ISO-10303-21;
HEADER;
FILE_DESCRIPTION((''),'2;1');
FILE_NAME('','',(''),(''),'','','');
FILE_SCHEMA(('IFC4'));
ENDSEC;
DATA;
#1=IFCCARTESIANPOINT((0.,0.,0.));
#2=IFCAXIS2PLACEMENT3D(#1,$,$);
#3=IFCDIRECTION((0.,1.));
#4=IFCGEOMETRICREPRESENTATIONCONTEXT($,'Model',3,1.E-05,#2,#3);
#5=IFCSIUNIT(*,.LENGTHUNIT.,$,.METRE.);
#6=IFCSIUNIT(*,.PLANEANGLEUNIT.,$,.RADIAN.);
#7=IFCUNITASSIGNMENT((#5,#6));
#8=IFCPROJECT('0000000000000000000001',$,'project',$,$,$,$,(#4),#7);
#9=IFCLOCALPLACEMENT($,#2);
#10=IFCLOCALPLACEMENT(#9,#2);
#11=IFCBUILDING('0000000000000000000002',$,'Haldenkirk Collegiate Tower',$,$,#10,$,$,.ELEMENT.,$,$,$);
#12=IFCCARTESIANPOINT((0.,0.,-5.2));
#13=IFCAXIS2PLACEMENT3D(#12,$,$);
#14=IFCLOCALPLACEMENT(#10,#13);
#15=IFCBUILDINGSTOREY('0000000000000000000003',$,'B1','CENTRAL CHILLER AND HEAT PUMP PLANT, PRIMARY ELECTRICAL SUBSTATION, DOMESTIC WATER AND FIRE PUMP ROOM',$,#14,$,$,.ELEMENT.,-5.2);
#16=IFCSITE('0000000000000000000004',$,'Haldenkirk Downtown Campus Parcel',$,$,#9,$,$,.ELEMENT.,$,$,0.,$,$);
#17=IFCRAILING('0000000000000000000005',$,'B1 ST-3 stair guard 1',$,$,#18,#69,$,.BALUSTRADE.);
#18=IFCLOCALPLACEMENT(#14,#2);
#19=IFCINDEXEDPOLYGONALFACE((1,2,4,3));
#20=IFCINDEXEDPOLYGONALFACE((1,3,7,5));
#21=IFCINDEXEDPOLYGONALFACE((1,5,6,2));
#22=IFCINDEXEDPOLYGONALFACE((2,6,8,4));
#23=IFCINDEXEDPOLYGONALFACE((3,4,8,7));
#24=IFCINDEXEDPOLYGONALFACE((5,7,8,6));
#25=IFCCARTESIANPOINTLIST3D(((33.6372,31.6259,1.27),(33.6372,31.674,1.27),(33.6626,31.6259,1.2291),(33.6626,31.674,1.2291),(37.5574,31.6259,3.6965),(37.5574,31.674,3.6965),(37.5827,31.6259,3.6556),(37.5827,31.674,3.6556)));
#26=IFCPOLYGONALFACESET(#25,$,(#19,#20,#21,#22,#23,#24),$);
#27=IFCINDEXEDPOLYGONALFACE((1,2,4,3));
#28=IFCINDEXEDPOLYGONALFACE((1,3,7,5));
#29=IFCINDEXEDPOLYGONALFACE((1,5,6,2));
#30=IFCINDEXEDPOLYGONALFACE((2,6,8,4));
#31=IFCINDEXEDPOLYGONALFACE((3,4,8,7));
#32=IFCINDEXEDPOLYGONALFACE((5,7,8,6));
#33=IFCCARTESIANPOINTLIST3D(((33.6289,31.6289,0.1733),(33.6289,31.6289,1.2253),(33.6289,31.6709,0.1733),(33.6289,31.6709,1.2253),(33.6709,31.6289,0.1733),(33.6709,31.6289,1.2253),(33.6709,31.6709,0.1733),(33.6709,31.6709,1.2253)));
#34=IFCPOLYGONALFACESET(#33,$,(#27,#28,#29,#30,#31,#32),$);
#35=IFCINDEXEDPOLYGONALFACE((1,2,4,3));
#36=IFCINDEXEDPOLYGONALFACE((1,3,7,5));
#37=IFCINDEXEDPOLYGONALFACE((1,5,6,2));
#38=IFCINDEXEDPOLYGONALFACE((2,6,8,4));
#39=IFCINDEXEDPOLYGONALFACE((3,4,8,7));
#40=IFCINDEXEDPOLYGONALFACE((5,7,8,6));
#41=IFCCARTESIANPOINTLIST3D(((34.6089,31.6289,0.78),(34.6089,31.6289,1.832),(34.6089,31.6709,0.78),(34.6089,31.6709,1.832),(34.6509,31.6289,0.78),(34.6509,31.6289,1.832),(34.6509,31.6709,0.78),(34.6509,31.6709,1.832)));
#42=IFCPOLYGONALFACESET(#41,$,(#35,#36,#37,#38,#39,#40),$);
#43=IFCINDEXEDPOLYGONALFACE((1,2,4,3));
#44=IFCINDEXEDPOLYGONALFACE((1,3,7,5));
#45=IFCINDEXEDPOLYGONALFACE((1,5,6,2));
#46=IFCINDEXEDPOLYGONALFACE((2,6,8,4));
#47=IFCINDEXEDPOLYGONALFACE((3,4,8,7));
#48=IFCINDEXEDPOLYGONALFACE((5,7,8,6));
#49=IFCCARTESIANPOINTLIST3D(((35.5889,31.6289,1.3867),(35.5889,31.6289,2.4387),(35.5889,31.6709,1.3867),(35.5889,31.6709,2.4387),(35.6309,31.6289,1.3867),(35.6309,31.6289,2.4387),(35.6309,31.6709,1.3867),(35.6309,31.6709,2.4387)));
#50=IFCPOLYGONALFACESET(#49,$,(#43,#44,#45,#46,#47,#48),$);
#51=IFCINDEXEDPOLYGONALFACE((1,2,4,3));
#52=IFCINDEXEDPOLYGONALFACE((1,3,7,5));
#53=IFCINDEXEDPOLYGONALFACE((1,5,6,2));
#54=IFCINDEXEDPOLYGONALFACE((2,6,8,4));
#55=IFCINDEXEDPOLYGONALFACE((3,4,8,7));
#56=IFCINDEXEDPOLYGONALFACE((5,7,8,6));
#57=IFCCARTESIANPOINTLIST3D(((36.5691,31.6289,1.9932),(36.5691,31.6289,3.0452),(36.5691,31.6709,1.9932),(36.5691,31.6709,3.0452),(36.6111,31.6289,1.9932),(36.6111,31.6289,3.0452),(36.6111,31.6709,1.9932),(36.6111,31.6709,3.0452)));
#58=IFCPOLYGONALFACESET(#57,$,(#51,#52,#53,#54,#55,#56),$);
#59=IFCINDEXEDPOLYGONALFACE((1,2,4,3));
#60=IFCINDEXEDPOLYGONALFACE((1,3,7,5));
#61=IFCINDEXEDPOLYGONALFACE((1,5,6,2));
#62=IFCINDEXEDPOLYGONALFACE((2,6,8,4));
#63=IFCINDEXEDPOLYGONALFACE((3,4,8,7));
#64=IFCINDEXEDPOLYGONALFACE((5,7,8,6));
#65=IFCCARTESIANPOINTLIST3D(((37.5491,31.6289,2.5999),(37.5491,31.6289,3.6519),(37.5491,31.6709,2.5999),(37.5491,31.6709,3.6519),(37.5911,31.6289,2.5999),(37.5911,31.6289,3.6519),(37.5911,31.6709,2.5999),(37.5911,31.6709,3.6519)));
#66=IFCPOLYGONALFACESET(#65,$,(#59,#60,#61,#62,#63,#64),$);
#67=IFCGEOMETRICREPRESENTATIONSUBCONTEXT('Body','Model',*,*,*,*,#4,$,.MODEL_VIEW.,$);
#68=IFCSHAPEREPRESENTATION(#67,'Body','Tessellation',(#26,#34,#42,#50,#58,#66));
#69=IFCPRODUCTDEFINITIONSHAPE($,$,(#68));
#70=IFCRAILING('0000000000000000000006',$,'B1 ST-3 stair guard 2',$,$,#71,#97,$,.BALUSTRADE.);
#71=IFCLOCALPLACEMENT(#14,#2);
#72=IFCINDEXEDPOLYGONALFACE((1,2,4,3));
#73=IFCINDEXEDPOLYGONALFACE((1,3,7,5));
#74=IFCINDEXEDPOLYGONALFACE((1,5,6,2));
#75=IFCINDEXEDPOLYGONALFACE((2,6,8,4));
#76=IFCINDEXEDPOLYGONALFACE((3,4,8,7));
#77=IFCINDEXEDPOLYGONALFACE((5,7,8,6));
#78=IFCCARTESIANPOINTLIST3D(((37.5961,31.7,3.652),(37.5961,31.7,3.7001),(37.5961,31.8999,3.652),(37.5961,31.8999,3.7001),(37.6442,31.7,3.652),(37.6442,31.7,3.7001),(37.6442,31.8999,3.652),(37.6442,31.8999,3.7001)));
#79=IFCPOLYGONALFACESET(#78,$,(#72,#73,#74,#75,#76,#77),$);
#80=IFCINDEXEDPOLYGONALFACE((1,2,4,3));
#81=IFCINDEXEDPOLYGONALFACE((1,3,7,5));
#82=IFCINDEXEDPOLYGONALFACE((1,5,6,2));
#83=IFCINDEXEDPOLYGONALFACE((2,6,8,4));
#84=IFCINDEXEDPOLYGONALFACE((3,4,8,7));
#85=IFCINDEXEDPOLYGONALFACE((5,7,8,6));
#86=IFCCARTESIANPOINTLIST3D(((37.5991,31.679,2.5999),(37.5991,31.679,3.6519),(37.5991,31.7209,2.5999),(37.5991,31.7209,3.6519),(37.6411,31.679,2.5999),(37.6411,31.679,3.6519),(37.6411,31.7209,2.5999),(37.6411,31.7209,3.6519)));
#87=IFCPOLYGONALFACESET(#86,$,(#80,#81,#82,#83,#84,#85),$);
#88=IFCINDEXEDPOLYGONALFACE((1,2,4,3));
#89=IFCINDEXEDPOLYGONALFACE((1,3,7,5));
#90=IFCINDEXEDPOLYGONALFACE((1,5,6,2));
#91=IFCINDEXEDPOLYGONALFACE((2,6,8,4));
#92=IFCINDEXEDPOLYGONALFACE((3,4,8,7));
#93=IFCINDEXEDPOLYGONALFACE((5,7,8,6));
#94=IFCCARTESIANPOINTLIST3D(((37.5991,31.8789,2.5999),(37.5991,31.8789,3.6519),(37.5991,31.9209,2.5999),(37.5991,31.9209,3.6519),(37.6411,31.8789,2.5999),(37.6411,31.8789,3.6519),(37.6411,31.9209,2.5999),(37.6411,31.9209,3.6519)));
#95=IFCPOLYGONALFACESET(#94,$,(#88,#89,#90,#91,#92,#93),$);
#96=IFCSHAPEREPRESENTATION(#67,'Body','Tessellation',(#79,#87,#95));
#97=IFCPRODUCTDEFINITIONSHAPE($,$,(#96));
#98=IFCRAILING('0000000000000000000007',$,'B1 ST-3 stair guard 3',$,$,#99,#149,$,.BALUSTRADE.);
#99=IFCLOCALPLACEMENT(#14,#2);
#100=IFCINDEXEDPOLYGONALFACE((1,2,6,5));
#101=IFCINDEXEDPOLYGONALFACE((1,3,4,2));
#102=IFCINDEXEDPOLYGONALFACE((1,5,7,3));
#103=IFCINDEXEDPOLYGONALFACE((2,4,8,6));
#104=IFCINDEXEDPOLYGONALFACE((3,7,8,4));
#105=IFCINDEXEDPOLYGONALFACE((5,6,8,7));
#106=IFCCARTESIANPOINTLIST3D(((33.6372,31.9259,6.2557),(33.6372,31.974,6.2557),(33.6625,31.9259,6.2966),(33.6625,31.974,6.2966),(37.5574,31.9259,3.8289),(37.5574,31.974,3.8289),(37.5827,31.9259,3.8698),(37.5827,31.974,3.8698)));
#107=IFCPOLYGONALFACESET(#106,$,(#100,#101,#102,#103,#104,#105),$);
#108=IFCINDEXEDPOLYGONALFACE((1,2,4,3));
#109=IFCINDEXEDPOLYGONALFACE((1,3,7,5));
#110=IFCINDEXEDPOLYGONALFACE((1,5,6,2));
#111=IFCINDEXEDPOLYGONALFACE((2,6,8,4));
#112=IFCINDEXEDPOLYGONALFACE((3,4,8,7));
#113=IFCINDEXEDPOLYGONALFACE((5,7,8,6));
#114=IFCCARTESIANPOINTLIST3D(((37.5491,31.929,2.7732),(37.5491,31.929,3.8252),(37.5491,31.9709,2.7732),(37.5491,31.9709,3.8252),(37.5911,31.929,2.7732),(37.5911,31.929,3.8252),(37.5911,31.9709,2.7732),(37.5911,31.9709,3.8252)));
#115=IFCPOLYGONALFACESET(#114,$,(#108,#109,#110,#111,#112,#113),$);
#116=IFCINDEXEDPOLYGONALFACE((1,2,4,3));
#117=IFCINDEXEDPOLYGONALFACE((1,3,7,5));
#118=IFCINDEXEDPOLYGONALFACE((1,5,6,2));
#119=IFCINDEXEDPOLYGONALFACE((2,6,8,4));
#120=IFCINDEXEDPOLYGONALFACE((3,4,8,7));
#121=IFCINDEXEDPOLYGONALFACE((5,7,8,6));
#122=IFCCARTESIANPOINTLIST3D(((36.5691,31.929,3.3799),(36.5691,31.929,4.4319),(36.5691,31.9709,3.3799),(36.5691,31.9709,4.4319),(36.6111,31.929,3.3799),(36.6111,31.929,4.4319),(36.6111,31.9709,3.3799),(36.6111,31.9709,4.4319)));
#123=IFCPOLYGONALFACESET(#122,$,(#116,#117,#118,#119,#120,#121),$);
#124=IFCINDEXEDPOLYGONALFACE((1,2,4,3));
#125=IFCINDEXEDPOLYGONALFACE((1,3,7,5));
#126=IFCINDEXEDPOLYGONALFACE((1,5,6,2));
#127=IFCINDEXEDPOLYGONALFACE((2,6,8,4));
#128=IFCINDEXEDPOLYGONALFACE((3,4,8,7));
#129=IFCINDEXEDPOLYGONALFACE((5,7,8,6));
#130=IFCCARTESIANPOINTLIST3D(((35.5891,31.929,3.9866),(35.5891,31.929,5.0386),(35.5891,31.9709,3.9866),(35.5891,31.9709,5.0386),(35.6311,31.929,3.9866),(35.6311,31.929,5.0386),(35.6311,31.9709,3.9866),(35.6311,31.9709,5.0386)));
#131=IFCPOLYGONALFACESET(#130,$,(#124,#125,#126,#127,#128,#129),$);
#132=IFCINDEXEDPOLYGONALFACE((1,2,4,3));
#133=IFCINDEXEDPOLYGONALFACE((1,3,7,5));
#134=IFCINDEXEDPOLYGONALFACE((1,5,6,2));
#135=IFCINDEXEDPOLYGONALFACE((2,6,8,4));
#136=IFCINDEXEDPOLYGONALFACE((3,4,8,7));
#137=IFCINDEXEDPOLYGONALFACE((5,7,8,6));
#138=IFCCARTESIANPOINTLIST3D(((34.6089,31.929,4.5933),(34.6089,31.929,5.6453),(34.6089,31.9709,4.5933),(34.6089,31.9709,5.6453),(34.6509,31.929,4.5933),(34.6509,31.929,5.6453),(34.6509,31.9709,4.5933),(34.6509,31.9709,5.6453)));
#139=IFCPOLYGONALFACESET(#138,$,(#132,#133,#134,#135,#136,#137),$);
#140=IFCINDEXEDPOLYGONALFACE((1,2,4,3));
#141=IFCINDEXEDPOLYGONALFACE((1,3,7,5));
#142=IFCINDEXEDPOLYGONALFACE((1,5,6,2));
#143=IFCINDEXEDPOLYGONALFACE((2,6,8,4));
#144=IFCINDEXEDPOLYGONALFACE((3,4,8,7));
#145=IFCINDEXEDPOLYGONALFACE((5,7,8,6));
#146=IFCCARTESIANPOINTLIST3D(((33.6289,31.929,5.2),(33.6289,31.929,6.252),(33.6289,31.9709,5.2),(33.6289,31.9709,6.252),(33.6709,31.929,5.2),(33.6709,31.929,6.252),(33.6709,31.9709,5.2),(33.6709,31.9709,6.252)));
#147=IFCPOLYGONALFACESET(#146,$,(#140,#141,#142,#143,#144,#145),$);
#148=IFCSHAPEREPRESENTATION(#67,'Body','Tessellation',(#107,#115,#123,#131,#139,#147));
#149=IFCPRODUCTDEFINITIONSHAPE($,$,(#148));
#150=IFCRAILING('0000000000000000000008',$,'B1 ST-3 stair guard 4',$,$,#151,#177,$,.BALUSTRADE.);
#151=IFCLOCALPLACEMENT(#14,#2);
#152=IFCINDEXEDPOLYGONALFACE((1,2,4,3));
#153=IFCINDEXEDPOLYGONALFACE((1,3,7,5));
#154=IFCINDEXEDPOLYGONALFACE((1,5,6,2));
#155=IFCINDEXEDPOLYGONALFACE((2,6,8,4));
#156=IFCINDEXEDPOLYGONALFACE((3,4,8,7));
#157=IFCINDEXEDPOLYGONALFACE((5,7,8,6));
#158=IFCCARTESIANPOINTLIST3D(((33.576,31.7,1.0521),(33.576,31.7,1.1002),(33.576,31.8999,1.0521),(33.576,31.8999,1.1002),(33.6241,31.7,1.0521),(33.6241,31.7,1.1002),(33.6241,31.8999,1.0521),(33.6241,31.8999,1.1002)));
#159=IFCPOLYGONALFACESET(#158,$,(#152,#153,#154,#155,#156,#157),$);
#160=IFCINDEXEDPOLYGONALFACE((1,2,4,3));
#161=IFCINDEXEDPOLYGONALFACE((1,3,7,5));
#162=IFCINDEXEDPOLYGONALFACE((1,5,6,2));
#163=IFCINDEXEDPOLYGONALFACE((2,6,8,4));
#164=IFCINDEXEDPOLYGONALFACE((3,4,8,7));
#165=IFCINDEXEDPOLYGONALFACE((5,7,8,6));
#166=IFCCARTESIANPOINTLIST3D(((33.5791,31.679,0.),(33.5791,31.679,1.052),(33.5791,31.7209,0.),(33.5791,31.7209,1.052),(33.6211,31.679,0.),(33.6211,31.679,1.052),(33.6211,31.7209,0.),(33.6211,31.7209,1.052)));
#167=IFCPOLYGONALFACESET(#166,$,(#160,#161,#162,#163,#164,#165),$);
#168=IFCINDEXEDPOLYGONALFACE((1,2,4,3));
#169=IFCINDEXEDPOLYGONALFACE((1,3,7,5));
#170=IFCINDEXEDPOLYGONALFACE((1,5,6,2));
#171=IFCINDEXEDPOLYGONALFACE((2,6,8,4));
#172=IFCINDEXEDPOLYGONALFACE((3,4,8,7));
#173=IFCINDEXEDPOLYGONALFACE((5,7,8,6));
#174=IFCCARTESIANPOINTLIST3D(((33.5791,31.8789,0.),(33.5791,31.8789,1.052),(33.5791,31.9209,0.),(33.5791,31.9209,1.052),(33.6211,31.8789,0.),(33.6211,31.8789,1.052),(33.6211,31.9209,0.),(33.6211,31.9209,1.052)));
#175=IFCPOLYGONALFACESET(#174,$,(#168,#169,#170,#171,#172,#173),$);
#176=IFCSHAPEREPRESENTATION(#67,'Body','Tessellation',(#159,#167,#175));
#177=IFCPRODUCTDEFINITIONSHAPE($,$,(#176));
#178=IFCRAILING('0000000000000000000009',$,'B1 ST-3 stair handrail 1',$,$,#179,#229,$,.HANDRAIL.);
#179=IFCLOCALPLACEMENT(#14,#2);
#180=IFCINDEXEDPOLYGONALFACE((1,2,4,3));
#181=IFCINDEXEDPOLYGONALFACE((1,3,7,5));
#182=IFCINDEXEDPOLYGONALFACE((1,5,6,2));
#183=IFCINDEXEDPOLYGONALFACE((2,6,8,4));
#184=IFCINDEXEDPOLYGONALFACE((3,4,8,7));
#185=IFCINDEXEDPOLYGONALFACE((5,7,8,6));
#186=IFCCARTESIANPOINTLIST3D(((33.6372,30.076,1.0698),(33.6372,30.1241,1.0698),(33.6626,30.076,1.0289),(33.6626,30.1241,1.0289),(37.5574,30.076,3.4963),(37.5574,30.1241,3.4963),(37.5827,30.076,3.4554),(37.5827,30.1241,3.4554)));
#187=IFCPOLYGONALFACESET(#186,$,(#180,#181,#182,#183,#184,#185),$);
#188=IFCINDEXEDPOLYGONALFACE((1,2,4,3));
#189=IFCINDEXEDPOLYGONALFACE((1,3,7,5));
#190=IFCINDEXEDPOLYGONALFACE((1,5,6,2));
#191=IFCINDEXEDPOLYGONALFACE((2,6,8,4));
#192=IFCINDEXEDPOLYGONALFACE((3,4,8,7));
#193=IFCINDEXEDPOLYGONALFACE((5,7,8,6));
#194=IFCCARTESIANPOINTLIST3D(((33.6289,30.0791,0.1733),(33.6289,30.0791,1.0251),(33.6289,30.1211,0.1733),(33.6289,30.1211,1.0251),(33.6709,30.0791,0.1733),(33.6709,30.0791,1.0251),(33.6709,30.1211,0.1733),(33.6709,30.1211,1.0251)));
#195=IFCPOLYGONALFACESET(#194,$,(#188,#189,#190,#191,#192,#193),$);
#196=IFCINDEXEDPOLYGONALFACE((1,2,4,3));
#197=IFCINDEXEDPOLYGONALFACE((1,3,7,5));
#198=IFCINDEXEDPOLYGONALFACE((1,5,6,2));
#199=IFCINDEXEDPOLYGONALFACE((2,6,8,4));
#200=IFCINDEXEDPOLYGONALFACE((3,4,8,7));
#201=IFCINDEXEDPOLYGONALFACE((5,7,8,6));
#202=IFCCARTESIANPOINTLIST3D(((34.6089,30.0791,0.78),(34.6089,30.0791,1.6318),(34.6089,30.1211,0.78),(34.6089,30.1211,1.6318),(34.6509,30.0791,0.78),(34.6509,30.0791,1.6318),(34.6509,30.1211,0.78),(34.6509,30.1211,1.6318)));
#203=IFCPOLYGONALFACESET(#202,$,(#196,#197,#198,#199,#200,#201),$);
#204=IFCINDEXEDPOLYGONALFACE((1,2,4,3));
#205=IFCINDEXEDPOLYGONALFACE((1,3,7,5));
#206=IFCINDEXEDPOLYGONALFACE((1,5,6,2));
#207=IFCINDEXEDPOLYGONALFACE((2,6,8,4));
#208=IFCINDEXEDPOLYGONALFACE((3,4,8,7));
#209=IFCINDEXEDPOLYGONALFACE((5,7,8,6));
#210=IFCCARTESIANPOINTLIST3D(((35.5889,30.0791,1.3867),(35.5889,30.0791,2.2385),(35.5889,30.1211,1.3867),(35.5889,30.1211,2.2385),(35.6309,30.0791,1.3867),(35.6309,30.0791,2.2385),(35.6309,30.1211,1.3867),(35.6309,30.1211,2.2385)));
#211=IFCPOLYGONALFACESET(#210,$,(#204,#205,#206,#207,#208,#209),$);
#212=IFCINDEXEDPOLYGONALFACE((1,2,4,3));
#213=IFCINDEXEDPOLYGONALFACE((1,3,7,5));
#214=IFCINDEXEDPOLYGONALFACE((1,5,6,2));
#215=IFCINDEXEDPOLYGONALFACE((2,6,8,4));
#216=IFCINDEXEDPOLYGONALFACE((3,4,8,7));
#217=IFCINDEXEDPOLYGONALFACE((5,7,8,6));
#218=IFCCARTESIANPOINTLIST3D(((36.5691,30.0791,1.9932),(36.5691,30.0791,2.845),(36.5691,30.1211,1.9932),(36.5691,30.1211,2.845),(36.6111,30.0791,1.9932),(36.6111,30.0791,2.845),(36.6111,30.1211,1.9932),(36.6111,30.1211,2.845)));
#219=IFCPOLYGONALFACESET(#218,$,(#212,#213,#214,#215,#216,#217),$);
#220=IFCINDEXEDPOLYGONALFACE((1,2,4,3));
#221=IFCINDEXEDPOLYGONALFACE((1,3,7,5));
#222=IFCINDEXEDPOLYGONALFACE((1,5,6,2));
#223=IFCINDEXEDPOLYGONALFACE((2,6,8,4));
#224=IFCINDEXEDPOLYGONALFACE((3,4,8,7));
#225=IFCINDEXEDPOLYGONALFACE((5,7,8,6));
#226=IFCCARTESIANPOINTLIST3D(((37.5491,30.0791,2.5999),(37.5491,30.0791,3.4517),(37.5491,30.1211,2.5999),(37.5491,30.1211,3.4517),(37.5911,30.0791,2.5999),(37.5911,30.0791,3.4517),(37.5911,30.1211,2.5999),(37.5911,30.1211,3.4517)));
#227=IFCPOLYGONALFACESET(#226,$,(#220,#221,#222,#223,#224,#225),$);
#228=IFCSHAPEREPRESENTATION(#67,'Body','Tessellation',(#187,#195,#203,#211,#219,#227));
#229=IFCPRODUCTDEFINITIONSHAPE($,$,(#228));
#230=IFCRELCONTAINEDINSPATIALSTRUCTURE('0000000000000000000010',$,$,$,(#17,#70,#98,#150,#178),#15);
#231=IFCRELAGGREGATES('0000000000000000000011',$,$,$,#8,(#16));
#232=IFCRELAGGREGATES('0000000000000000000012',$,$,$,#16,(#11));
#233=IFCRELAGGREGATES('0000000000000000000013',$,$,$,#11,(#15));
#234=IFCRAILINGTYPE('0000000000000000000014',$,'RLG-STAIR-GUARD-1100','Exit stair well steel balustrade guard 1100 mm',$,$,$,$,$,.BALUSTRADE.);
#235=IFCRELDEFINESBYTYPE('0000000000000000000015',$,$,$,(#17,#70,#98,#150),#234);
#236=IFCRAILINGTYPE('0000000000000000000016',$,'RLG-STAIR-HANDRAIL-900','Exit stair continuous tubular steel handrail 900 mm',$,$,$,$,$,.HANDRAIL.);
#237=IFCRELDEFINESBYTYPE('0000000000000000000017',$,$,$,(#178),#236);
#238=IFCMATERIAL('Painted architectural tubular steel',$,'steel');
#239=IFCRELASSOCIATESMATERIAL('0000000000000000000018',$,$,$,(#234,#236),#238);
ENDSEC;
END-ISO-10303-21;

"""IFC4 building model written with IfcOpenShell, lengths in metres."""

from ifc_helpers import new_model, si_unit, direction, frame, origin, origin_2d, place, context, subcontext, project, spatial, rectangle, extrude, material, type_object, element, save


model = new_model("IFC4")

# Units and contexts
model_context = context("Model", 3, precision=1e-05, world=origin(), true_north=direction((0.0, 1.0)))
body_context = subcontext(model_context, "Body", "Model", "MODEL_VIEW")
ifc_project = project(units=[si_unit("LENGTHUNIT", "METRE"), si_unit("PLANEANGLEUNIT", "RADIAN")], contexts=[model_context])

# Site, building, storey
site_placement = place(None, origin())
site = spatial("IfcSite", under=ifc_project, at=site_placement, Name="Haldenkirk Downtown Campus Parcel", CompositionType="ELEMENT", RefElevation=0.0)
building_placement = place(site_placement, origin())
building = spatial("IfcBuilding", under=site, at=building_placement, Name="Haldenkirk Collegiate Tower", CompositionType="ELEMENT")
storey_placement = place(building_placement, frame((0.0, 0.0, -5.2)))
storey = spatial("IfcBuildingStorey", under=building, at=storey_placement, Name="B1", Description="CENTRAL CHILLER AND HEAT PUMP PLANT, PRIMARY ELECTRICAL SUBSTATION, DOMESTIC WATER AND FIRE PUMP ROOM", CompositionType="ELEMENT", Elevation=-5.2)

# Railings
ifc_material_1 = material(Name="Painted architectural tubular steel", Category="steel")
railing_type_1 = type_object("IfcRailingType", Name="RLG-STAIR-GUARD-1100", Description="Exit stair well steel balustrade guard 1100 mm", PredefinedType="BALUSTRADE", material=ifc_material_1)
railing_1_placement = place(storey_placement, frame((33.6499, 31.6499, 0.1733)))
element("IfcRailing", 1, at=railing_1_placement, inside=storey, type_object=railing_type_1, Name="B1 ST-3 stair guard 1", PredefinedType="BALUSTRADE", context=body_context, shape_type="SweptSolid", body=[
    extrude(rectangle(XDim=0.0481, YDim=0.0481, at=origin_2d()), frame((0.0, 0.0, 1.0762), z_axis=(0.85029, 0.0, 0.526315), x_axis=(0.0, 1.0, 0.0)), (0.0, 0.0, 1.0), 4.6104),
    extrude(rectangle(XDim=0.042, YDim=0.042, at=origin_2d()), origin(), (0.0, 0.0, 1.0), 1.052),
    extrude(rectangle(XDim=0.042, YDim=0.042, at=origin_2d()), frame((0.98, 0.0, 0.6067)), (0.0, 0.0, 1.0), 1.052),
    extrude(rectangle(XDim=0.042, YDim=0.042, at=origin_2d()), frame((1.96, 0.0, 1.2134)), (0.0, 0.0, 1.0), 1.052),
    extrude(rectangle(XDim=0.042, YDim=0.042, at=origin_2d()), frame((2.9402, 0.0, 1.8198)), (0.0, 0.0, 1.0), 1.052),
    extrude(rectangle(XDim=0.042, YDim=0.042, at=origin_2d()), frame((3.9202, 0.0, 2.4265)), (0.0, 0.0, 1.0), 1.052),
])
railing_2_placement = place(storey_placement, frame((37.6201, 31.7, 2.5999)))
element("IfcRailing", 2, at=railing_2_placement, inside=storey, type_object=railing_type_1, Name="B1 ST-3 stair guard 2", PredefinedType="BALUSTRADE", context=body_context, shape_type="SweptSolid", body=[
    extrude(rectangle(XDim=0.0481, YDim=0.0481, at=origin_2d()), frame((0.0, 0.0, 1.0762), z_axis=(0.0, 1.0, 0.0), x_axis=(-1.0, 0.0, 0.0)), (0.0, 0.0, 1.0), 0.2),
    extrude(rectangle(XDim=0.042, YDim=0.042, at=origin_2d()), origin(), (0.0, 0.0, 1.0), 1.052),
    extrude(rectangle(XDim=0.042, YDim=0.042, at=origin_2d()), frame((0.0, 0.2, 0.0)), (0.0, 0.0, 1.0), 1.052),
])
railing_3_placement = place(storey_placement, frame((37.5701, 31.95, 2.7732)))
element("IfcRailing", 3, at=railing_3_placement, inside=storey, type_object=railing_type_1, Name="B1 ST-3 stair guard 3", PredefinedType="BALUSTRADE", context=body_context, shape_type="SweptSolid", body=[
    extrude(rectangle(XDim=0.0481, YDim=0.0481, at=origin_2d()), frame((0.0, 0.0, 1.0762), z_axis=(-0.850266, 0.0, 0.526353), x_axis=(0.0, -1.0, 0.0)), (0.0, 0.0, 1.0), 4.6106),
    extrude(rectangle(XDim=0.042, YDim=0.042, at=origin_2d()), origin(), (0.0, 0.0, 1.0), 1.052),
    extrude(rectangle(XDim=0.042, YDim=0.042, at=origin_2d()), frame((-0.98, 0.0, 0.6067)), (0.0, 0.0, 1.0), 1.052),
    extrude(rectangle(XDim=0.042, YDim=0.042, at=origin_2d()), frame((-1.96, 0.0, 1.2134)), (0.0, 0.0, 1.0), 1.052),
    extrude(rectangle(XDim=0.042, YDim=0.042, at=origin_2d()), frame((-2.9402, 0.0, 1.8201)), (0.0, 0.0, 1.0), 1.052),
    extrude(rectangle(XDim=0.042, YDim=0.042, at=origin_2d()), frame((-3.9202, 0.0, 2.4268)), (0.0, 0.0, 1.0), 1.052),
])
railing_4_placement = place(storey_placement, frame((33.6001, 31.7, 0.0)))
element("IfcRailing", 4, at=railing_4_placement, inside=storey, type_object=railing_type_1, Name="B1 ST-3 stair guard 4", PredefinedType="BALUSTRADE", context=body_context, shape_type="SweptSolid", body=[
    extrude(rectangle(XDim=0.0481, YDim=0.0481, at=origin_2d()), frame((0.0, 0.0, 1.0762), z_axis=(0.0, 1.0, 0.0), x_axis=(-1.0, 0.0, 0.0)), (0.0, 0.0, 1.0), 0.2),
    extrude(rectangle(XDim=0.042, YDim=0.042, at=origin_2d()), origin(), (0.0, 0.0, 1.0), 1.052),
    extrude(rectangle(XDim=0.042, YDim=0.042, at=origin_2d()), frame((0.0, 0.2, 0.0)), (0.0, 0.0, 1.0), 1.052),
])
railing_type_2 = type_object("IfcRailingType", Name="RLG-STAIR-HANDRAIL-900", Description="Exit stair continuous tubular steel handrail 900 mm", PredefinedType="HANDRAIL", material=ifc_material_1)
railing_5_placement = place(storey_placement, frame((33.6499, 30.1001, 0.1733)))
element("IfcRailing", 5, at=railing_5_placement, inside=storey, type_object=railing_type_2, Name="B1 ST-3 stair handrail 1", PredefinedType="HANDRAIL", context=body_context, shape_type="SweptSolid", body=[
    extrude(rectangle(XDim=0.0481, YDim=0.0481, at=origin_2d()), frame((0.0, 0.0, 0.876), z_axis=(0.85029, 0.0, 0.526315), x_axis=(0.0, 1.0, 0.0)), (0.0, 0.0, 1.0), 4.6104),
    extrude(rectangle(XDim=0.042, YDim=0.042, at=origin_2d()), origin(), (0.0, 0.0, 1.0), 0.8518),
    extrude(rectangle(XDim=0.042, YDim=0.042, at=origin_2d()), frame((0.98, 0.0, 0.6067)), (0.0, 0.0, 1.0), 0.8518),
    extrude(rectangle(XDim=0.042, YDim=0.042, at=origin_2d()), frame((1.96, 0.0, 1.2134)), (0.0, 0.0, 1.0), 0.8518),
    extrude(rectangle(XDim=0.042, YDim=0.042, at=origin_2d()), frame((2.9402, 0.0, 1.8198)), (0.0, 0.0, 1.0), 0.8518),
    extrude(rectangle(XDim=0.042, YDim=0.042, at=origin_2d()), frame((3.9202, 0.0, 2.4265)), (0.0, 0.0, 1.0), 0.8518),
])

save(model, "model.ifc")
